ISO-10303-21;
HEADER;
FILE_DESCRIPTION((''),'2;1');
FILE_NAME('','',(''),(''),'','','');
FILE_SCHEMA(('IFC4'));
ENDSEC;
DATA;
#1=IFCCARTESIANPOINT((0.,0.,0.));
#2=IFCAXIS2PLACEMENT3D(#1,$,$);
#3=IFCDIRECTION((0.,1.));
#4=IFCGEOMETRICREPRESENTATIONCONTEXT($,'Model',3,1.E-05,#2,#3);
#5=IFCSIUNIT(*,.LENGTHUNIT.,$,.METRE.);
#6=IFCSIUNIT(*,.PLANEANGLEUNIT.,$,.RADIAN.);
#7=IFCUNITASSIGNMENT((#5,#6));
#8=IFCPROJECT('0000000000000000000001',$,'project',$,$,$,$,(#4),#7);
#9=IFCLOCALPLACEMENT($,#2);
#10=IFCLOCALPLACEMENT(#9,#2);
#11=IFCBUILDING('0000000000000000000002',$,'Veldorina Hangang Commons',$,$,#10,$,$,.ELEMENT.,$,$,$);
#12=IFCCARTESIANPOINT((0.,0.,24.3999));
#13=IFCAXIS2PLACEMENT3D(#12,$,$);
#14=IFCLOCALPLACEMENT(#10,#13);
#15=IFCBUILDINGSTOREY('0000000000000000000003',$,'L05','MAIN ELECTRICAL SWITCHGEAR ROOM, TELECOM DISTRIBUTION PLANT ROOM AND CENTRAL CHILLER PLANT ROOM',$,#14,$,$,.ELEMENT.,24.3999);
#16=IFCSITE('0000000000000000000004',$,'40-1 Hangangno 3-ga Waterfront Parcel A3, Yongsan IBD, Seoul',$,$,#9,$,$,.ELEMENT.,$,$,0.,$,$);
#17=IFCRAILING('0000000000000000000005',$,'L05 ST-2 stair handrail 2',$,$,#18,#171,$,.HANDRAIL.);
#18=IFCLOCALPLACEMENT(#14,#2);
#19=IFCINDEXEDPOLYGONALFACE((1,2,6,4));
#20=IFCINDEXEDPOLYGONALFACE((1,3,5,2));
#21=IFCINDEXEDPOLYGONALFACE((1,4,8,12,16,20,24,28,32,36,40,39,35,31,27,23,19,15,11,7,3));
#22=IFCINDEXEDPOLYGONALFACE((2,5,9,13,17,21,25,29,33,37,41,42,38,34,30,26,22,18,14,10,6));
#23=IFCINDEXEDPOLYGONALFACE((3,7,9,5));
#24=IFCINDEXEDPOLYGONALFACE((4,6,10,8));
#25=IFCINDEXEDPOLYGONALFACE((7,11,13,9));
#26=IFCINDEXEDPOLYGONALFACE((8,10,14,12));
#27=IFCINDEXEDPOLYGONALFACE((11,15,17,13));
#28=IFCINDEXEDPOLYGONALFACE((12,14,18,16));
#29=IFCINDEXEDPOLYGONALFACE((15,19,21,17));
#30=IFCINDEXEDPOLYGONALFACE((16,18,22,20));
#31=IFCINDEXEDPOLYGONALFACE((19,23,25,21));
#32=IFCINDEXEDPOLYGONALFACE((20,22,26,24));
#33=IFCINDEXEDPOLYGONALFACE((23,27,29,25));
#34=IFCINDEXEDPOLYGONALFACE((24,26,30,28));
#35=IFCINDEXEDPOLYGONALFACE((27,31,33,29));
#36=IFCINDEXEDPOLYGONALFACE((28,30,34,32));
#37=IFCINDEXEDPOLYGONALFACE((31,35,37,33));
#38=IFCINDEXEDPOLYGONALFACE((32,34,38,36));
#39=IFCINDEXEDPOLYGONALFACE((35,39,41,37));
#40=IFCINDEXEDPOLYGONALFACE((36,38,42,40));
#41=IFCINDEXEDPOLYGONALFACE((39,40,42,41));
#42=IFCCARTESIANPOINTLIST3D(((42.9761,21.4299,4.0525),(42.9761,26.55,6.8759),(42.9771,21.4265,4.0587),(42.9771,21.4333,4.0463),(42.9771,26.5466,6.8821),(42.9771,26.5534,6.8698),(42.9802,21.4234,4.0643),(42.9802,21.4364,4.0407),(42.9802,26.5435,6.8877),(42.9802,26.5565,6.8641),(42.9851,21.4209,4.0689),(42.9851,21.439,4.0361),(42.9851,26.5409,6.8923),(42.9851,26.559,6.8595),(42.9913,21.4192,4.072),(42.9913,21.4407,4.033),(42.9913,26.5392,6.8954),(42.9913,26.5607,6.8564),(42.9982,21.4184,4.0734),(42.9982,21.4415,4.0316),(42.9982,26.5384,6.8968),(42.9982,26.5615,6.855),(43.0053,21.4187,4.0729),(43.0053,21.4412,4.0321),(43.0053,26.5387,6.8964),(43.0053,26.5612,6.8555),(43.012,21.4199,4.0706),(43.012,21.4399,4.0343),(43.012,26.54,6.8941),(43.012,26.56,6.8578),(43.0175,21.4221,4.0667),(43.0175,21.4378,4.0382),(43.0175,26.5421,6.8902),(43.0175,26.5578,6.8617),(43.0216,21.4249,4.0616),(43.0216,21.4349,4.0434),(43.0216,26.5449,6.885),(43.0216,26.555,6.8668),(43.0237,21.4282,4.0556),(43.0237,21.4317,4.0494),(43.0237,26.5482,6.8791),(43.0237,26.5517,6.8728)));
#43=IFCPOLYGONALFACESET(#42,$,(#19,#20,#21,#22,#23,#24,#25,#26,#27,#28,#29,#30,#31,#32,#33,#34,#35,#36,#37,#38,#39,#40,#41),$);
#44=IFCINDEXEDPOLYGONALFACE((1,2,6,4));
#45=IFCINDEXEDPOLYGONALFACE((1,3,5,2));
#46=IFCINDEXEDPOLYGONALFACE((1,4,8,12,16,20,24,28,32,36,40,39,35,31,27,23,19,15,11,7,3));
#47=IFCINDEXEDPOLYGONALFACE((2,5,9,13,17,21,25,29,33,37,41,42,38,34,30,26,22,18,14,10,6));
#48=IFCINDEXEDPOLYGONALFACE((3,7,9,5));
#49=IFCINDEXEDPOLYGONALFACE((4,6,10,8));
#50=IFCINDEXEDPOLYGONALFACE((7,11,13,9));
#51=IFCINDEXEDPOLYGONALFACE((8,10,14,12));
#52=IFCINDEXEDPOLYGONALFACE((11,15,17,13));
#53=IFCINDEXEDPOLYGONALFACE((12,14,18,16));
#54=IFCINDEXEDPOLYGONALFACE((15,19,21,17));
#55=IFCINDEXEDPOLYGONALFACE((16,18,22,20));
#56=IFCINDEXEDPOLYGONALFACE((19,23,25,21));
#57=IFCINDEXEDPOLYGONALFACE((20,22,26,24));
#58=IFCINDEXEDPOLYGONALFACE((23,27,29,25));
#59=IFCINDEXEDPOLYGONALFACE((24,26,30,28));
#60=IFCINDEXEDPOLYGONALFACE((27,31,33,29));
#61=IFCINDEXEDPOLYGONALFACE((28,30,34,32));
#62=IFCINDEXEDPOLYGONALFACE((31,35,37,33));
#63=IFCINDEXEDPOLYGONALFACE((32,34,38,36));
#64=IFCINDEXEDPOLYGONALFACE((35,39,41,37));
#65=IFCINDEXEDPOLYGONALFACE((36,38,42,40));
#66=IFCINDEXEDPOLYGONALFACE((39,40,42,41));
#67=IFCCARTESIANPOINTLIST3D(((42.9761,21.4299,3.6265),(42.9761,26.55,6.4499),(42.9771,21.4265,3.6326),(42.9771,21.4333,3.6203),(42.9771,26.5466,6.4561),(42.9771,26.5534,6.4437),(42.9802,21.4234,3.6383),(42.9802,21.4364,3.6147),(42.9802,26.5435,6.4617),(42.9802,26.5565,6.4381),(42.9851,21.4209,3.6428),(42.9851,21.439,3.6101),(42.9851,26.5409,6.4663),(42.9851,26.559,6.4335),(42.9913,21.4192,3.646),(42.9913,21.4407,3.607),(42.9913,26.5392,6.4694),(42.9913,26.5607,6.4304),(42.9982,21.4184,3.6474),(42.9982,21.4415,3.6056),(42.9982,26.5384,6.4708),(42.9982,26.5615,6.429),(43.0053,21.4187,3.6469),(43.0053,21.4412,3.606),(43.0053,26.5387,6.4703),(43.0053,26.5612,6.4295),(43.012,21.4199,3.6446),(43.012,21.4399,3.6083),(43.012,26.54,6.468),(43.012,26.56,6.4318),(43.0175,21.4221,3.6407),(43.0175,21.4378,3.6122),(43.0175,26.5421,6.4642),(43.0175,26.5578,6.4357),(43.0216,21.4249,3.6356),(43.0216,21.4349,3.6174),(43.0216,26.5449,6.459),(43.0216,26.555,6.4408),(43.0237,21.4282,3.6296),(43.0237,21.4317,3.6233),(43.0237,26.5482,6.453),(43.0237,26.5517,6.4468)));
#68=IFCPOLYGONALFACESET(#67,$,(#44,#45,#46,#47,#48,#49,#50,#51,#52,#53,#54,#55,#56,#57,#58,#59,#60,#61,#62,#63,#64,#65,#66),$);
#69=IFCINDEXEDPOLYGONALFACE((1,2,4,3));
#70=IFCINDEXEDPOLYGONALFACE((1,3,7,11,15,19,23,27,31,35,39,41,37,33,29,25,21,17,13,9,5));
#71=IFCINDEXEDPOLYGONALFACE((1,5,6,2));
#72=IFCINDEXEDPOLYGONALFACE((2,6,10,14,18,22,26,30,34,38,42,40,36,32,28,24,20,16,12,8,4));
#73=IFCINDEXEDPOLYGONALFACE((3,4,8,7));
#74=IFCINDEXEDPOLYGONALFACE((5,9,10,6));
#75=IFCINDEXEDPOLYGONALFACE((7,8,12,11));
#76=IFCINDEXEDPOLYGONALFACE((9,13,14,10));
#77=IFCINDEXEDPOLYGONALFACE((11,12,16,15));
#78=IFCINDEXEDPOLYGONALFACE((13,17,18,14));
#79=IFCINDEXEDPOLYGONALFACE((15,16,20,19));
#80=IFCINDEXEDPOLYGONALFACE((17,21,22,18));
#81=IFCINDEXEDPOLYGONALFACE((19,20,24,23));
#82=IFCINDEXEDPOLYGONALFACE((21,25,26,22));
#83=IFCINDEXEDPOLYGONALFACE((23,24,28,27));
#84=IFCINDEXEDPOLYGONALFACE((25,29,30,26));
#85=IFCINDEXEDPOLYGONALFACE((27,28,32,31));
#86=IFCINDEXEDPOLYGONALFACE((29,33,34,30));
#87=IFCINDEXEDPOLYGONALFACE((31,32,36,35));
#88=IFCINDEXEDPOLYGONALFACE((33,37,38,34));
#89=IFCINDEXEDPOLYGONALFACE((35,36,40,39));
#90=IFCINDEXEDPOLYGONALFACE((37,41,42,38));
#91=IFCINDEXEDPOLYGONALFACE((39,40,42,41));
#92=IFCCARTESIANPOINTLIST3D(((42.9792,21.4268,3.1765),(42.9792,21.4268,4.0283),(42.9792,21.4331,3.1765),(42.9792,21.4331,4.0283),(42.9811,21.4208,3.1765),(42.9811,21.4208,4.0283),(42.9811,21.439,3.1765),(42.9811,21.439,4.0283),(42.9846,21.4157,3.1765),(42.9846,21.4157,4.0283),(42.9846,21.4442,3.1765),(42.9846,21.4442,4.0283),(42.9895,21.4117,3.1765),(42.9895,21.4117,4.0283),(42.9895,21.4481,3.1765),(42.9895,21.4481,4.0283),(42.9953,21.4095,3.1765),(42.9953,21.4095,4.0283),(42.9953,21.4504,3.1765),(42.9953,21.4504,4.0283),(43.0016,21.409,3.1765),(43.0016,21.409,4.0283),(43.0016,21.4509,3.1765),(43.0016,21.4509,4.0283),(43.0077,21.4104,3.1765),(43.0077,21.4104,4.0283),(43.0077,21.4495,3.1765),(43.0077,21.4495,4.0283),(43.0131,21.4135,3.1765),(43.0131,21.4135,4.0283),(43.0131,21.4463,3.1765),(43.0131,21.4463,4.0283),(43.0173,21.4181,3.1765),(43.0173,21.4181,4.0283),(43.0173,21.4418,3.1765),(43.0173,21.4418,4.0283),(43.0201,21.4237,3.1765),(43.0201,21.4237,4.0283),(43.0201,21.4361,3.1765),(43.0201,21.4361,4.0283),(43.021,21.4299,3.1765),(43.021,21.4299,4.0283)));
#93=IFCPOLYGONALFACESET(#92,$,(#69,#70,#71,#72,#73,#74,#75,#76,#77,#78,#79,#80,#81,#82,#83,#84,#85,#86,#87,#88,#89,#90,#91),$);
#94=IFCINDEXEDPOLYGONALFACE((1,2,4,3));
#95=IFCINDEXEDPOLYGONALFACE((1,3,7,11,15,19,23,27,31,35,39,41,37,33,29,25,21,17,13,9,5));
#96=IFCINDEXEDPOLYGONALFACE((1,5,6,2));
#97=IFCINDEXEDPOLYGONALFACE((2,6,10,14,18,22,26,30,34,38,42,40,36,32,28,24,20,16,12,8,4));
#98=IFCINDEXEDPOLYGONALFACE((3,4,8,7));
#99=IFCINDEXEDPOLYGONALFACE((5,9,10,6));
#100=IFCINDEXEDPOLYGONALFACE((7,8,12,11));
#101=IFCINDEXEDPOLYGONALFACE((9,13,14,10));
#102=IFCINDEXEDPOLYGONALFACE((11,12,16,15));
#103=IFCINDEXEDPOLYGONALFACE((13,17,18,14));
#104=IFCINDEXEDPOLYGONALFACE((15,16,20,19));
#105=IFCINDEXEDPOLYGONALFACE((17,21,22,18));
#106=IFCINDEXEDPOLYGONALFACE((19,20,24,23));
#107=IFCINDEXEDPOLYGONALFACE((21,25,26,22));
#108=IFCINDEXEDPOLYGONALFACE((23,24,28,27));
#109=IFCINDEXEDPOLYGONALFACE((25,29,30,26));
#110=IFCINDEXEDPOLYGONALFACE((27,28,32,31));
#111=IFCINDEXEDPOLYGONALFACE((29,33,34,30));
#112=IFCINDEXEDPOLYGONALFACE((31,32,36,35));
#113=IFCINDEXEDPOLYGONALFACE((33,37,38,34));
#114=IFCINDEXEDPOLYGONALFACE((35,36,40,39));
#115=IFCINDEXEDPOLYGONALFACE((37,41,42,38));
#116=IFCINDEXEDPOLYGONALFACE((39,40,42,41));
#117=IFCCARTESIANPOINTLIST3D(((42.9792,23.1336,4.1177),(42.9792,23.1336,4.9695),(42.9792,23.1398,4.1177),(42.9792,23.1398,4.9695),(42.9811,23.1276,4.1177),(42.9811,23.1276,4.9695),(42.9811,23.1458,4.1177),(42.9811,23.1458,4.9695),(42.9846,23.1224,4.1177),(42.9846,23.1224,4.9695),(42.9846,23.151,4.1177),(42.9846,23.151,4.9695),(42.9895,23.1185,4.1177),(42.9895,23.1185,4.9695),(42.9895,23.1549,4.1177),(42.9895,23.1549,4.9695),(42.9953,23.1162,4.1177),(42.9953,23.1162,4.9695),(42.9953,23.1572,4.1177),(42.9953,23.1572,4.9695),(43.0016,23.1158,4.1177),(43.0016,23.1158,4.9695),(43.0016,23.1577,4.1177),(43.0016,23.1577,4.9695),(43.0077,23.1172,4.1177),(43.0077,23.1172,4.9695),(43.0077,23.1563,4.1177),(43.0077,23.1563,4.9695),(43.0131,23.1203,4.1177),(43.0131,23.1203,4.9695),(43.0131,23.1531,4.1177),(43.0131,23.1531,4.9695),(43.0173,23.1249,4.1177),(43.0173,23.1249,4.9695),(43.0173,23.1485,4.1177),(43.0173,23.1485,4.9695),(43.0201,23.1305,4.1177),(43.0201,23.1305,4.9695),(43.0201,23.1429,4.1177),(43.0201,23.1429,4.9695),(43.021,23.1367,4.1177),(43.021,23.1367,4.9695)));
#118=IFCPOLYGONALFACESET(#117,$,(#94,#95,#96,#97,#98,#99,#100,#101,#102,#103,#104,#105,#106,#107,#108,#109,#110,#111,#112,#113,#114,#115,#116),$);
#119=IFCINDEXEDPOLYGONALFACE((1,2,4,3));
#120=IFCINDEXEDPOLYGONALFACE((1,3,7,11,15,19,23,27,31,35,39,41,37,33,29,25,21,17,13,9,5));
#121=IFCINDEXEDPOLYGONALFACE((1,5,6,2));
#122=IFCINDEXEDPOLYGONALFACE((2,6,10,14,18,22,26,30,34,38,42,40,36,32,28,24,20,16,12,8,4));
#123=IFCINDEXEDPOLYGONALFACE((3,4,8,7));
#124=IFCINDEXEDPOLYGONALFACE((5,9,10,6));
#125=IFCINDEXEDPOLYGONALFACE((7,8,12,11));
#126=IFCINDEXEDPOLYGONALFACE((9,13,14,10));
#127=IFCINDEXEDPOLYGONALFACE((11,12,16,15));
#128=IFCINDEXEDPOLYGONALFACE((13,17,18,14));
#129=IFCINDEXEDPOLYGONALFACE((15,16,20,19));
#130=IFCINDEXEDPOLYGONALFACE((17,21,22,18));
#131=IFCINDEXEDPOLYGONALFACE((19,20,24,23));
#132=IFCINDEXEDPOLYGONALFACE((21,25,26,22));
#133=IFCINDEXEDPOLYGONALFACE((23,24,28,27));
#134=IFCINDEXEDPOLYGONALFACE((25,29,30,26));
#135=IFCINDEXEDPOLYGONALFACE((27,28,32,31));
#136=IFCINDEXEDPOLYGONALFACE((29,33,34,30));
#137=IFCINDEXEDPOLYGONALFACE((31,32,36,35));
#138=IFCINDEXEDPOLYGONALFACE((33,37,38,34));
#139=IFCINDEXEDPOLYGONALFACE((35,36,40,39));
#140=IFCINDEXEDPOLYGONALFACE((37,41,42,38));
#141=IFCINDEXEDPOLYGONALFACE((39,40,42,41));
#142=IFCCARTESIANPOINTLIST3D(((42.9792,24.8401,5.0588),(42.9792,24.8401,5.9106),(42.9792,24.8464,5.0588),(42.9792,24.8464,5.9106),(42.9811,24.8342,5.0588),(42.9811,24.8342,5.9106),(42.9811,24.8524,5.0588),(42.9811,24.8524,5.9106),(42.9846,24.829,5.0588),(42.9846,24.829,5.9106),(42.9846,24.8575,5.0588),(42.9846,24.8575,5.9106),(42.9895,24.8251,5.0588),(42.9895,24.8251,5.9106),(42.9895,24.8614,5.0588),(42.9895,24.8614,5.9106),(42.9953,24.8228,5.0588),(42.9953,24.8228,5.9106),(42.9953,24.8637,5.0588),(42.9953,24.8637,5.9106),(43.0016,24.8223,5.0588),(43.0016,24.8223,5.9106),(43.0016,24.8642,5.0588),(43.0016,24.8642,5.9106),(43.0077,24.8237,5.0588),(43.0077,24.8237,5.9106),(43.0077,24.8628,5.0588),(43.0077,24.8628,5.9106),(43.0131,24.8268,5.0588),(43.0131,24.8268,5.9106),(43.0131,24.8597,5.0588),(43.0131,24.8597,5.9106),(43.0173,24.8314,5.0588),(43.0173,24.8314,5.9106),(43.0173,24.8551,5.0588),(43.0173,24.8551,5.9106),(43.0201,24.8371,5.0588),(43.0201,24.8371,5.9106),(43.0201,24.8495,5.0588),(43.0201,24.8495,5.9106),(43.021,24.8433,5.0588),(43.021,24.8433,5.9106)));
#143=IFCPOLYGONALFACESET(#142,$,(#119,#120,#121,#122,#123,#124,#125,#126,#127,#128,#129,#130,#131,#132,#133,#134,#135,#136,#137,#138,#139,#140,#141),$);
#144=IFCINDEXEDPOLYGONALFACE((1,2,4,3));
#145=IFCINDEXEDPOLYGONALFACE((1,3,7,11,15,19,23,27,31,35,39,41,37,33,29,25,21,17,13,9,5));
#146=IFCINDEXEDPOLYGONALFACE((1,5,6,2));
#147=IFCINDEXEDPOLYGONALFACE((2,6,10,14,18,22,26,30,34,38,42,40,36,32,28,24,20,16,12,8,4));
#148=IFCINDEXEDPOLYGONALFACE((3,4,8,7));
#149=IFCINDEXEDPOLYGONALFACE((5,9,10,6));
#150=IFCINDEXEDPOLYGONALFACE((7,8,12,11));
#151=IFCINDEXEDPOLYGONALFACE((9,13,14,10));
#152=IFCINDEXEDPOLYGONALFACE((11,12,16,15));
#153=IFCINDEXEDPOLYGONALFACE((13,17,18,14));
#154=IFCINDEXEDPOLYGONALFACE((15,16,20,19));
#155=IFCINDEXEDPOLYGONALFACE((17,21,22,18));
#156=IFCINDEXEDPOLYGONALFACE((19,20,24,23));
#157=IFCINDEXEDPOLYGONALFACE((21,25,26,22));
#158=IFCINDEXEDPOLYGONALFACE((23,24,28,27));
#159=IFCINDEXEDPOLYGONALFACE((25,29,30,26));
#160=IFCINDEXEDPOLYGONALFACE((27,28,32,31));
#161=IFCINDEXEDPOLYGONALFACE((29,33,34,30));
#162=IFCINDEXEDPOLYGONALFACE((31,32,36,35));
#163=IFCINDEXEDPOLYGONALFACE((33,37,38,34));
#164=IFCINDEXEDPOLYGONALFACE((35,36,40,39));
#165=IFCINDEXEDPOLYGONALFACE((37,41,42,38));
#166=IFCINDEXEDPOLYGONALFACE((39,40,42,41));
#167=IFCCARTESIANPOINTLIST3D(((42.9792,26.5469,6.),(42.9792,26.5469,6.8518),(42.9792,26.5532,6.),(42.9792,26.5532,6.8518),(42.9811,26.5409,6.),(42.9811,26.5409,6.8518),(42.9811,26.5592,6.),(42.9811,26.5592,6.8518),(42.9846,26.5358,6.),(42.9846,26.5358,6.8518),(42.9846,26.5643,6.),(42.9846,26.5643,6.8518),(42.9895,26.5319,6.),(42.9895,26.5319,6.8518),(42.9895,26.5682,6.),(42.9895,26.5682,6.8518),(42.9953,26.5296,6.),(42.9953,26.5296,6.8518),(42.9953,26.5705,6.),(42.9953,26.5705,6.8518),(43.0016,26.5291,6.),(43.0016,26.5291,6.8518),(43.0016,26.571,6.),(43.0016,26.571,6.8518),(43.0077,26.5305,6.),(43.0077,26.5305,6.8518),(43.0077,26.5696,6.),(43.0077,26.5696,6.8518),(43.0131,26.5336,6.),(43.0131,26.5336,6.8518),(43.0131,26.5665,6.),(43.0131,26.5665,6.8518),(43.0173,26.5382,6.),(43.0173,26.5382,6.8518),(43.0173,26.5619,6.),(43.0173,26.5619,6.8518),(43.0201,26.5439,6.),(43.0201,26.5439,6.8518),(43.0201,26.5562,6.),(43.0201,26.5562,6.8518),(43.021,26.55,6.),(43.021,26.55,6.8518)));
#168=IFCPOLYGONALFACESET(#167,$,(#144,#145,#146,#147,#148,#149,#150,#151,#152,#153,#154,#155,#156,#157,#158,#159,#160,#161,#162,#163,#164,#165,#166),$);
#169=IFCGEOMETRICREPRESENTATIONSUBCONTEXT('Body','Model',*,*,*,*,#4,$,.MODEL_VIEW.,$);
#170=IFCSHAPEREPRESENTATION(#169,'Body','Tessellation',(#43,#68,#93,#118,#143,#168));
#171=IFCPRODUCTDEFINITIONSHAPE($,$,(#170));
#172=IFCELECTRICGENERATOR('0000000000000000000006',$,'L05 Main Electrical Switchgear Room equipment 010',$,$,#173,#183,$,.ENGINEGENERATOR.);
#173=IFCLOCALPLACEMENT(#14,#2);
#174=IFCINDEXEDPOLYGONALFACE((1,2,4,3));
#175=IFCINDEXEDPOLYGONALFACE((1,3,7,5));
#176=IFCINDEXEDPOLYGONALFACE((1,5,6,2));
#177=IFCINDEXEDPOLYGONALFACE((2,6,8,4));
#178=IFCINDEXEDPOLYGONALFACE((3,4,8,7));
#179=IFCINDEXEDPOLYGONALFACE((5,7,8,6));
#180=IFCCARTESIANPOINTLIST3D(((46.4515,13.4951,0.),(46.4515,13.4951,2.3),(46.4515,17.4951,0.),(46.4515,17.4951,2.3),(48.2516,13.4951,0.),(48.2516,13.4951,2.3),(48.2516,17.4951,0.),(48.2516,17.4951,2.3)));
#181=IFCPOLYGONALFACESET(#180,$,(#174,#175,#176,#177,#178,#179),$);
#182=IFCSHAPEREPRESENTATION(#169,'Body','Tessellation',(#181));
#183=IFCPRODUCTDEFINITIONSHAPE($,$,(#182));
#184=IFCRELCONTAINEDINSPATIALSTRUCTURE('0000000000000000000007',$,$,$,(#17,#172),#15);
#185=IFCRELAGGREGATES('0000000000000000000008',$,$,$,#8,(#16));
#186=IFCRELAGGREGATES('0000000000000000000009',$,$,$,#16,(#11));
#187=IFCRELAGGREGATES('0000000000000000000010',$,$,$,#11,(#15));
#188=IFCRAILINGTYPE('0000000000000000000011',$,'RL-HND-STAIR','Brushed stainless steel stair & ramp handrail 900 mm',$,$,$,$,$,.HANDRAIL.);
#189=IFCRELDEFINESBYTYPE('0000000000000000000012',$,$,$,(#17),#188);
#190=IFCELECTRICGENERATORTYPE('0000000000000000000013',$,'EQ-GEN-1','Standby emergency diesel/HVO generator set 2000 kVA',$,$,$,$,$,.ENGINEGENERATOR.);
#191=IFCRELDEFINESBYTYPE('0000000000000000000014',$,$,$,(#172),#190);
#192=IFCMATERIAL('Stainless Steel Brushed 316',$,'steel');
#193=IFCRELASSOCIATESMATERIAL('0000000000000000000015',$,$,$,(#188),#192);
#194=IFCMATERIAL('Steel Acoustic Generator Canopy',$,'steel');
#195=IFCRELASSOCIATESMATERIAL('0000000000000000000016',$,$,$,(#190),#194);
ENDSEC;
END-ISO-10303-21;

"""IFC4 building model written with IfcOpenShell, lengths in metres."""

from ifc_helpers import new_model, si_unit, direction, frame, origin, origin_2d, place, context, subcontext, project, spatial, rectangle, circle, extrude, material, type_object, element, save


model = new_model("IFC4")

# Units and contexts
model_context = context("Model", 3, precision=1e-05, world=origin(), true_north=direction((0.0, 1.0)))
body_context = subcontext(model_context, "Body", "Model", "MODEL_VIEW")
ifc_project = project(units=[si_unit("LENGTHUNIT", "METRE"), si_unit("PLANEANGLEUNIT", "RADIAN")], contexts=[model_context])

# Site, building, storey
site_placement = place(None, origin())
site = spatial("IfcSite", under=ifc_project, at=site_placement, Name="40-1 Hangangno 3-ga Waterfront Parcel A3, Yongsan IBD, Seoul", CompositionType="ELEMENT", RefElevation=0.0)
building_placement = place(site_placement, origin())
building = spatial("IfcBuilding", under=site, at=building_placement, Name="Veldorina Hangang Commons", CompositionType="ELEMENT")
storey_placement = place(building_placement, frame((0.0, 0.0, 24.3999)))
storey = spatial("IfcBuildingStorey", under=building, at=storey_placement, Name="L05", Description="MAIN ELECTRICAL SWITCHGEAR ROOM, TELECOM DISTRIBUTION PLANT ROOM AND CENTRAL CHILLER PLANT ROOM", CompositionType="ELEMENT", Elevation=24.3999)

# Railing
ifc_material_1 = material(Name="Stainless Steel Brushed 316", Category="steel")
railing_type = type_object("IfcRailingType", Name="RL-HND-STAIR", Description="Brushed stainless steel stair & ramp handrail 900 mm", PredefinedType="HANDRAIL", material=ifc_material_1)
railing_placement = place(storey_placement, frame((43.0, 21.4299, 3.1765)))
element("IfcRailing", 1, at=railing_placement, inside=storey, type_object=railing_type, Name="L05 ST-2 stair handrail 2", PredefinedType="HANDRAIL", context=body_context, shape_type="SweptSolid", body=[
    extrude(circle(Radius=0.0239, at=origin_2d()), frame((0.0, 0.0, 0.876), z_axis=(0.0, 0.875679, 0.482893), x_axis=(-1.0, 0.0, 0.0)), (0.0, 0.0, 1.0), 5.8469),
    extrude(circle(Radius=0.0239, at=origin_2d()), frame((0.0, 0.0, 0.45), z_axis=(0.0, 0.875679, 0.482893), x_axis=(-1.0, 0.0, 0.0)), (0.0, 0.0, 1.0), 5.8469),
    extrude(circle(Radius=0.021, at=origin_2d()), origin(), (0.0, 0.0, 1.0), 0.8518),
    extrude(circle(Radius=0.021, at=origin_2d()), frame((0.0, 1.7068, 0.9412)), (0.0, 0.0, 1.0), 0.8518),
    extrude(circle(Radius=0.021, at=origin_2d()), frame((0.0, 3.4133, 1.8823)), (0.0, 0.0, 1.0), 0.8518),
    extrude(circle(Radius=0.021, at=origin_2d()), frame((0.0, 5.1201, 2.8235)), (0.0, 0.0, 1.0), 0.8518),
])

# Electric generator
ifc_material_2 = material(Name="Steel Acoustic Generator Canopy", Category="steel")
electric_generator_type = type_object("IfcElectricGeneratorType", Name="EQ-GEN-1", Description="Standby emergency diesel/HVO generator set 2000 kVA", PredefinedType="ENGINEGENERATOR", material=ifc_material_2)
electric_generator_placement = place(storey_placement, frame((47.3516, 15.4951, 0.0), z_axis=(0.0, 0.0, 1.0), x_axis=(1.0, 0.0, 0.0)))
element("IfcElectricGenerator", 2, at=electric_generator_placement, inside=storey, type_object=electric_generator_type, Name="L05 Main Electrical Switchgear Room equipment 010", PredefinedType="ENGINEGENERATOR", context=body_context, shape_type="SweptSolid", body=[
    extrude(rectangle(XDim=1.8, YDim=4.0, at=origin_2d()), origin(), (0.0, 0.0, 1.0), 2.3),
])

save(model, "model.ifc")
